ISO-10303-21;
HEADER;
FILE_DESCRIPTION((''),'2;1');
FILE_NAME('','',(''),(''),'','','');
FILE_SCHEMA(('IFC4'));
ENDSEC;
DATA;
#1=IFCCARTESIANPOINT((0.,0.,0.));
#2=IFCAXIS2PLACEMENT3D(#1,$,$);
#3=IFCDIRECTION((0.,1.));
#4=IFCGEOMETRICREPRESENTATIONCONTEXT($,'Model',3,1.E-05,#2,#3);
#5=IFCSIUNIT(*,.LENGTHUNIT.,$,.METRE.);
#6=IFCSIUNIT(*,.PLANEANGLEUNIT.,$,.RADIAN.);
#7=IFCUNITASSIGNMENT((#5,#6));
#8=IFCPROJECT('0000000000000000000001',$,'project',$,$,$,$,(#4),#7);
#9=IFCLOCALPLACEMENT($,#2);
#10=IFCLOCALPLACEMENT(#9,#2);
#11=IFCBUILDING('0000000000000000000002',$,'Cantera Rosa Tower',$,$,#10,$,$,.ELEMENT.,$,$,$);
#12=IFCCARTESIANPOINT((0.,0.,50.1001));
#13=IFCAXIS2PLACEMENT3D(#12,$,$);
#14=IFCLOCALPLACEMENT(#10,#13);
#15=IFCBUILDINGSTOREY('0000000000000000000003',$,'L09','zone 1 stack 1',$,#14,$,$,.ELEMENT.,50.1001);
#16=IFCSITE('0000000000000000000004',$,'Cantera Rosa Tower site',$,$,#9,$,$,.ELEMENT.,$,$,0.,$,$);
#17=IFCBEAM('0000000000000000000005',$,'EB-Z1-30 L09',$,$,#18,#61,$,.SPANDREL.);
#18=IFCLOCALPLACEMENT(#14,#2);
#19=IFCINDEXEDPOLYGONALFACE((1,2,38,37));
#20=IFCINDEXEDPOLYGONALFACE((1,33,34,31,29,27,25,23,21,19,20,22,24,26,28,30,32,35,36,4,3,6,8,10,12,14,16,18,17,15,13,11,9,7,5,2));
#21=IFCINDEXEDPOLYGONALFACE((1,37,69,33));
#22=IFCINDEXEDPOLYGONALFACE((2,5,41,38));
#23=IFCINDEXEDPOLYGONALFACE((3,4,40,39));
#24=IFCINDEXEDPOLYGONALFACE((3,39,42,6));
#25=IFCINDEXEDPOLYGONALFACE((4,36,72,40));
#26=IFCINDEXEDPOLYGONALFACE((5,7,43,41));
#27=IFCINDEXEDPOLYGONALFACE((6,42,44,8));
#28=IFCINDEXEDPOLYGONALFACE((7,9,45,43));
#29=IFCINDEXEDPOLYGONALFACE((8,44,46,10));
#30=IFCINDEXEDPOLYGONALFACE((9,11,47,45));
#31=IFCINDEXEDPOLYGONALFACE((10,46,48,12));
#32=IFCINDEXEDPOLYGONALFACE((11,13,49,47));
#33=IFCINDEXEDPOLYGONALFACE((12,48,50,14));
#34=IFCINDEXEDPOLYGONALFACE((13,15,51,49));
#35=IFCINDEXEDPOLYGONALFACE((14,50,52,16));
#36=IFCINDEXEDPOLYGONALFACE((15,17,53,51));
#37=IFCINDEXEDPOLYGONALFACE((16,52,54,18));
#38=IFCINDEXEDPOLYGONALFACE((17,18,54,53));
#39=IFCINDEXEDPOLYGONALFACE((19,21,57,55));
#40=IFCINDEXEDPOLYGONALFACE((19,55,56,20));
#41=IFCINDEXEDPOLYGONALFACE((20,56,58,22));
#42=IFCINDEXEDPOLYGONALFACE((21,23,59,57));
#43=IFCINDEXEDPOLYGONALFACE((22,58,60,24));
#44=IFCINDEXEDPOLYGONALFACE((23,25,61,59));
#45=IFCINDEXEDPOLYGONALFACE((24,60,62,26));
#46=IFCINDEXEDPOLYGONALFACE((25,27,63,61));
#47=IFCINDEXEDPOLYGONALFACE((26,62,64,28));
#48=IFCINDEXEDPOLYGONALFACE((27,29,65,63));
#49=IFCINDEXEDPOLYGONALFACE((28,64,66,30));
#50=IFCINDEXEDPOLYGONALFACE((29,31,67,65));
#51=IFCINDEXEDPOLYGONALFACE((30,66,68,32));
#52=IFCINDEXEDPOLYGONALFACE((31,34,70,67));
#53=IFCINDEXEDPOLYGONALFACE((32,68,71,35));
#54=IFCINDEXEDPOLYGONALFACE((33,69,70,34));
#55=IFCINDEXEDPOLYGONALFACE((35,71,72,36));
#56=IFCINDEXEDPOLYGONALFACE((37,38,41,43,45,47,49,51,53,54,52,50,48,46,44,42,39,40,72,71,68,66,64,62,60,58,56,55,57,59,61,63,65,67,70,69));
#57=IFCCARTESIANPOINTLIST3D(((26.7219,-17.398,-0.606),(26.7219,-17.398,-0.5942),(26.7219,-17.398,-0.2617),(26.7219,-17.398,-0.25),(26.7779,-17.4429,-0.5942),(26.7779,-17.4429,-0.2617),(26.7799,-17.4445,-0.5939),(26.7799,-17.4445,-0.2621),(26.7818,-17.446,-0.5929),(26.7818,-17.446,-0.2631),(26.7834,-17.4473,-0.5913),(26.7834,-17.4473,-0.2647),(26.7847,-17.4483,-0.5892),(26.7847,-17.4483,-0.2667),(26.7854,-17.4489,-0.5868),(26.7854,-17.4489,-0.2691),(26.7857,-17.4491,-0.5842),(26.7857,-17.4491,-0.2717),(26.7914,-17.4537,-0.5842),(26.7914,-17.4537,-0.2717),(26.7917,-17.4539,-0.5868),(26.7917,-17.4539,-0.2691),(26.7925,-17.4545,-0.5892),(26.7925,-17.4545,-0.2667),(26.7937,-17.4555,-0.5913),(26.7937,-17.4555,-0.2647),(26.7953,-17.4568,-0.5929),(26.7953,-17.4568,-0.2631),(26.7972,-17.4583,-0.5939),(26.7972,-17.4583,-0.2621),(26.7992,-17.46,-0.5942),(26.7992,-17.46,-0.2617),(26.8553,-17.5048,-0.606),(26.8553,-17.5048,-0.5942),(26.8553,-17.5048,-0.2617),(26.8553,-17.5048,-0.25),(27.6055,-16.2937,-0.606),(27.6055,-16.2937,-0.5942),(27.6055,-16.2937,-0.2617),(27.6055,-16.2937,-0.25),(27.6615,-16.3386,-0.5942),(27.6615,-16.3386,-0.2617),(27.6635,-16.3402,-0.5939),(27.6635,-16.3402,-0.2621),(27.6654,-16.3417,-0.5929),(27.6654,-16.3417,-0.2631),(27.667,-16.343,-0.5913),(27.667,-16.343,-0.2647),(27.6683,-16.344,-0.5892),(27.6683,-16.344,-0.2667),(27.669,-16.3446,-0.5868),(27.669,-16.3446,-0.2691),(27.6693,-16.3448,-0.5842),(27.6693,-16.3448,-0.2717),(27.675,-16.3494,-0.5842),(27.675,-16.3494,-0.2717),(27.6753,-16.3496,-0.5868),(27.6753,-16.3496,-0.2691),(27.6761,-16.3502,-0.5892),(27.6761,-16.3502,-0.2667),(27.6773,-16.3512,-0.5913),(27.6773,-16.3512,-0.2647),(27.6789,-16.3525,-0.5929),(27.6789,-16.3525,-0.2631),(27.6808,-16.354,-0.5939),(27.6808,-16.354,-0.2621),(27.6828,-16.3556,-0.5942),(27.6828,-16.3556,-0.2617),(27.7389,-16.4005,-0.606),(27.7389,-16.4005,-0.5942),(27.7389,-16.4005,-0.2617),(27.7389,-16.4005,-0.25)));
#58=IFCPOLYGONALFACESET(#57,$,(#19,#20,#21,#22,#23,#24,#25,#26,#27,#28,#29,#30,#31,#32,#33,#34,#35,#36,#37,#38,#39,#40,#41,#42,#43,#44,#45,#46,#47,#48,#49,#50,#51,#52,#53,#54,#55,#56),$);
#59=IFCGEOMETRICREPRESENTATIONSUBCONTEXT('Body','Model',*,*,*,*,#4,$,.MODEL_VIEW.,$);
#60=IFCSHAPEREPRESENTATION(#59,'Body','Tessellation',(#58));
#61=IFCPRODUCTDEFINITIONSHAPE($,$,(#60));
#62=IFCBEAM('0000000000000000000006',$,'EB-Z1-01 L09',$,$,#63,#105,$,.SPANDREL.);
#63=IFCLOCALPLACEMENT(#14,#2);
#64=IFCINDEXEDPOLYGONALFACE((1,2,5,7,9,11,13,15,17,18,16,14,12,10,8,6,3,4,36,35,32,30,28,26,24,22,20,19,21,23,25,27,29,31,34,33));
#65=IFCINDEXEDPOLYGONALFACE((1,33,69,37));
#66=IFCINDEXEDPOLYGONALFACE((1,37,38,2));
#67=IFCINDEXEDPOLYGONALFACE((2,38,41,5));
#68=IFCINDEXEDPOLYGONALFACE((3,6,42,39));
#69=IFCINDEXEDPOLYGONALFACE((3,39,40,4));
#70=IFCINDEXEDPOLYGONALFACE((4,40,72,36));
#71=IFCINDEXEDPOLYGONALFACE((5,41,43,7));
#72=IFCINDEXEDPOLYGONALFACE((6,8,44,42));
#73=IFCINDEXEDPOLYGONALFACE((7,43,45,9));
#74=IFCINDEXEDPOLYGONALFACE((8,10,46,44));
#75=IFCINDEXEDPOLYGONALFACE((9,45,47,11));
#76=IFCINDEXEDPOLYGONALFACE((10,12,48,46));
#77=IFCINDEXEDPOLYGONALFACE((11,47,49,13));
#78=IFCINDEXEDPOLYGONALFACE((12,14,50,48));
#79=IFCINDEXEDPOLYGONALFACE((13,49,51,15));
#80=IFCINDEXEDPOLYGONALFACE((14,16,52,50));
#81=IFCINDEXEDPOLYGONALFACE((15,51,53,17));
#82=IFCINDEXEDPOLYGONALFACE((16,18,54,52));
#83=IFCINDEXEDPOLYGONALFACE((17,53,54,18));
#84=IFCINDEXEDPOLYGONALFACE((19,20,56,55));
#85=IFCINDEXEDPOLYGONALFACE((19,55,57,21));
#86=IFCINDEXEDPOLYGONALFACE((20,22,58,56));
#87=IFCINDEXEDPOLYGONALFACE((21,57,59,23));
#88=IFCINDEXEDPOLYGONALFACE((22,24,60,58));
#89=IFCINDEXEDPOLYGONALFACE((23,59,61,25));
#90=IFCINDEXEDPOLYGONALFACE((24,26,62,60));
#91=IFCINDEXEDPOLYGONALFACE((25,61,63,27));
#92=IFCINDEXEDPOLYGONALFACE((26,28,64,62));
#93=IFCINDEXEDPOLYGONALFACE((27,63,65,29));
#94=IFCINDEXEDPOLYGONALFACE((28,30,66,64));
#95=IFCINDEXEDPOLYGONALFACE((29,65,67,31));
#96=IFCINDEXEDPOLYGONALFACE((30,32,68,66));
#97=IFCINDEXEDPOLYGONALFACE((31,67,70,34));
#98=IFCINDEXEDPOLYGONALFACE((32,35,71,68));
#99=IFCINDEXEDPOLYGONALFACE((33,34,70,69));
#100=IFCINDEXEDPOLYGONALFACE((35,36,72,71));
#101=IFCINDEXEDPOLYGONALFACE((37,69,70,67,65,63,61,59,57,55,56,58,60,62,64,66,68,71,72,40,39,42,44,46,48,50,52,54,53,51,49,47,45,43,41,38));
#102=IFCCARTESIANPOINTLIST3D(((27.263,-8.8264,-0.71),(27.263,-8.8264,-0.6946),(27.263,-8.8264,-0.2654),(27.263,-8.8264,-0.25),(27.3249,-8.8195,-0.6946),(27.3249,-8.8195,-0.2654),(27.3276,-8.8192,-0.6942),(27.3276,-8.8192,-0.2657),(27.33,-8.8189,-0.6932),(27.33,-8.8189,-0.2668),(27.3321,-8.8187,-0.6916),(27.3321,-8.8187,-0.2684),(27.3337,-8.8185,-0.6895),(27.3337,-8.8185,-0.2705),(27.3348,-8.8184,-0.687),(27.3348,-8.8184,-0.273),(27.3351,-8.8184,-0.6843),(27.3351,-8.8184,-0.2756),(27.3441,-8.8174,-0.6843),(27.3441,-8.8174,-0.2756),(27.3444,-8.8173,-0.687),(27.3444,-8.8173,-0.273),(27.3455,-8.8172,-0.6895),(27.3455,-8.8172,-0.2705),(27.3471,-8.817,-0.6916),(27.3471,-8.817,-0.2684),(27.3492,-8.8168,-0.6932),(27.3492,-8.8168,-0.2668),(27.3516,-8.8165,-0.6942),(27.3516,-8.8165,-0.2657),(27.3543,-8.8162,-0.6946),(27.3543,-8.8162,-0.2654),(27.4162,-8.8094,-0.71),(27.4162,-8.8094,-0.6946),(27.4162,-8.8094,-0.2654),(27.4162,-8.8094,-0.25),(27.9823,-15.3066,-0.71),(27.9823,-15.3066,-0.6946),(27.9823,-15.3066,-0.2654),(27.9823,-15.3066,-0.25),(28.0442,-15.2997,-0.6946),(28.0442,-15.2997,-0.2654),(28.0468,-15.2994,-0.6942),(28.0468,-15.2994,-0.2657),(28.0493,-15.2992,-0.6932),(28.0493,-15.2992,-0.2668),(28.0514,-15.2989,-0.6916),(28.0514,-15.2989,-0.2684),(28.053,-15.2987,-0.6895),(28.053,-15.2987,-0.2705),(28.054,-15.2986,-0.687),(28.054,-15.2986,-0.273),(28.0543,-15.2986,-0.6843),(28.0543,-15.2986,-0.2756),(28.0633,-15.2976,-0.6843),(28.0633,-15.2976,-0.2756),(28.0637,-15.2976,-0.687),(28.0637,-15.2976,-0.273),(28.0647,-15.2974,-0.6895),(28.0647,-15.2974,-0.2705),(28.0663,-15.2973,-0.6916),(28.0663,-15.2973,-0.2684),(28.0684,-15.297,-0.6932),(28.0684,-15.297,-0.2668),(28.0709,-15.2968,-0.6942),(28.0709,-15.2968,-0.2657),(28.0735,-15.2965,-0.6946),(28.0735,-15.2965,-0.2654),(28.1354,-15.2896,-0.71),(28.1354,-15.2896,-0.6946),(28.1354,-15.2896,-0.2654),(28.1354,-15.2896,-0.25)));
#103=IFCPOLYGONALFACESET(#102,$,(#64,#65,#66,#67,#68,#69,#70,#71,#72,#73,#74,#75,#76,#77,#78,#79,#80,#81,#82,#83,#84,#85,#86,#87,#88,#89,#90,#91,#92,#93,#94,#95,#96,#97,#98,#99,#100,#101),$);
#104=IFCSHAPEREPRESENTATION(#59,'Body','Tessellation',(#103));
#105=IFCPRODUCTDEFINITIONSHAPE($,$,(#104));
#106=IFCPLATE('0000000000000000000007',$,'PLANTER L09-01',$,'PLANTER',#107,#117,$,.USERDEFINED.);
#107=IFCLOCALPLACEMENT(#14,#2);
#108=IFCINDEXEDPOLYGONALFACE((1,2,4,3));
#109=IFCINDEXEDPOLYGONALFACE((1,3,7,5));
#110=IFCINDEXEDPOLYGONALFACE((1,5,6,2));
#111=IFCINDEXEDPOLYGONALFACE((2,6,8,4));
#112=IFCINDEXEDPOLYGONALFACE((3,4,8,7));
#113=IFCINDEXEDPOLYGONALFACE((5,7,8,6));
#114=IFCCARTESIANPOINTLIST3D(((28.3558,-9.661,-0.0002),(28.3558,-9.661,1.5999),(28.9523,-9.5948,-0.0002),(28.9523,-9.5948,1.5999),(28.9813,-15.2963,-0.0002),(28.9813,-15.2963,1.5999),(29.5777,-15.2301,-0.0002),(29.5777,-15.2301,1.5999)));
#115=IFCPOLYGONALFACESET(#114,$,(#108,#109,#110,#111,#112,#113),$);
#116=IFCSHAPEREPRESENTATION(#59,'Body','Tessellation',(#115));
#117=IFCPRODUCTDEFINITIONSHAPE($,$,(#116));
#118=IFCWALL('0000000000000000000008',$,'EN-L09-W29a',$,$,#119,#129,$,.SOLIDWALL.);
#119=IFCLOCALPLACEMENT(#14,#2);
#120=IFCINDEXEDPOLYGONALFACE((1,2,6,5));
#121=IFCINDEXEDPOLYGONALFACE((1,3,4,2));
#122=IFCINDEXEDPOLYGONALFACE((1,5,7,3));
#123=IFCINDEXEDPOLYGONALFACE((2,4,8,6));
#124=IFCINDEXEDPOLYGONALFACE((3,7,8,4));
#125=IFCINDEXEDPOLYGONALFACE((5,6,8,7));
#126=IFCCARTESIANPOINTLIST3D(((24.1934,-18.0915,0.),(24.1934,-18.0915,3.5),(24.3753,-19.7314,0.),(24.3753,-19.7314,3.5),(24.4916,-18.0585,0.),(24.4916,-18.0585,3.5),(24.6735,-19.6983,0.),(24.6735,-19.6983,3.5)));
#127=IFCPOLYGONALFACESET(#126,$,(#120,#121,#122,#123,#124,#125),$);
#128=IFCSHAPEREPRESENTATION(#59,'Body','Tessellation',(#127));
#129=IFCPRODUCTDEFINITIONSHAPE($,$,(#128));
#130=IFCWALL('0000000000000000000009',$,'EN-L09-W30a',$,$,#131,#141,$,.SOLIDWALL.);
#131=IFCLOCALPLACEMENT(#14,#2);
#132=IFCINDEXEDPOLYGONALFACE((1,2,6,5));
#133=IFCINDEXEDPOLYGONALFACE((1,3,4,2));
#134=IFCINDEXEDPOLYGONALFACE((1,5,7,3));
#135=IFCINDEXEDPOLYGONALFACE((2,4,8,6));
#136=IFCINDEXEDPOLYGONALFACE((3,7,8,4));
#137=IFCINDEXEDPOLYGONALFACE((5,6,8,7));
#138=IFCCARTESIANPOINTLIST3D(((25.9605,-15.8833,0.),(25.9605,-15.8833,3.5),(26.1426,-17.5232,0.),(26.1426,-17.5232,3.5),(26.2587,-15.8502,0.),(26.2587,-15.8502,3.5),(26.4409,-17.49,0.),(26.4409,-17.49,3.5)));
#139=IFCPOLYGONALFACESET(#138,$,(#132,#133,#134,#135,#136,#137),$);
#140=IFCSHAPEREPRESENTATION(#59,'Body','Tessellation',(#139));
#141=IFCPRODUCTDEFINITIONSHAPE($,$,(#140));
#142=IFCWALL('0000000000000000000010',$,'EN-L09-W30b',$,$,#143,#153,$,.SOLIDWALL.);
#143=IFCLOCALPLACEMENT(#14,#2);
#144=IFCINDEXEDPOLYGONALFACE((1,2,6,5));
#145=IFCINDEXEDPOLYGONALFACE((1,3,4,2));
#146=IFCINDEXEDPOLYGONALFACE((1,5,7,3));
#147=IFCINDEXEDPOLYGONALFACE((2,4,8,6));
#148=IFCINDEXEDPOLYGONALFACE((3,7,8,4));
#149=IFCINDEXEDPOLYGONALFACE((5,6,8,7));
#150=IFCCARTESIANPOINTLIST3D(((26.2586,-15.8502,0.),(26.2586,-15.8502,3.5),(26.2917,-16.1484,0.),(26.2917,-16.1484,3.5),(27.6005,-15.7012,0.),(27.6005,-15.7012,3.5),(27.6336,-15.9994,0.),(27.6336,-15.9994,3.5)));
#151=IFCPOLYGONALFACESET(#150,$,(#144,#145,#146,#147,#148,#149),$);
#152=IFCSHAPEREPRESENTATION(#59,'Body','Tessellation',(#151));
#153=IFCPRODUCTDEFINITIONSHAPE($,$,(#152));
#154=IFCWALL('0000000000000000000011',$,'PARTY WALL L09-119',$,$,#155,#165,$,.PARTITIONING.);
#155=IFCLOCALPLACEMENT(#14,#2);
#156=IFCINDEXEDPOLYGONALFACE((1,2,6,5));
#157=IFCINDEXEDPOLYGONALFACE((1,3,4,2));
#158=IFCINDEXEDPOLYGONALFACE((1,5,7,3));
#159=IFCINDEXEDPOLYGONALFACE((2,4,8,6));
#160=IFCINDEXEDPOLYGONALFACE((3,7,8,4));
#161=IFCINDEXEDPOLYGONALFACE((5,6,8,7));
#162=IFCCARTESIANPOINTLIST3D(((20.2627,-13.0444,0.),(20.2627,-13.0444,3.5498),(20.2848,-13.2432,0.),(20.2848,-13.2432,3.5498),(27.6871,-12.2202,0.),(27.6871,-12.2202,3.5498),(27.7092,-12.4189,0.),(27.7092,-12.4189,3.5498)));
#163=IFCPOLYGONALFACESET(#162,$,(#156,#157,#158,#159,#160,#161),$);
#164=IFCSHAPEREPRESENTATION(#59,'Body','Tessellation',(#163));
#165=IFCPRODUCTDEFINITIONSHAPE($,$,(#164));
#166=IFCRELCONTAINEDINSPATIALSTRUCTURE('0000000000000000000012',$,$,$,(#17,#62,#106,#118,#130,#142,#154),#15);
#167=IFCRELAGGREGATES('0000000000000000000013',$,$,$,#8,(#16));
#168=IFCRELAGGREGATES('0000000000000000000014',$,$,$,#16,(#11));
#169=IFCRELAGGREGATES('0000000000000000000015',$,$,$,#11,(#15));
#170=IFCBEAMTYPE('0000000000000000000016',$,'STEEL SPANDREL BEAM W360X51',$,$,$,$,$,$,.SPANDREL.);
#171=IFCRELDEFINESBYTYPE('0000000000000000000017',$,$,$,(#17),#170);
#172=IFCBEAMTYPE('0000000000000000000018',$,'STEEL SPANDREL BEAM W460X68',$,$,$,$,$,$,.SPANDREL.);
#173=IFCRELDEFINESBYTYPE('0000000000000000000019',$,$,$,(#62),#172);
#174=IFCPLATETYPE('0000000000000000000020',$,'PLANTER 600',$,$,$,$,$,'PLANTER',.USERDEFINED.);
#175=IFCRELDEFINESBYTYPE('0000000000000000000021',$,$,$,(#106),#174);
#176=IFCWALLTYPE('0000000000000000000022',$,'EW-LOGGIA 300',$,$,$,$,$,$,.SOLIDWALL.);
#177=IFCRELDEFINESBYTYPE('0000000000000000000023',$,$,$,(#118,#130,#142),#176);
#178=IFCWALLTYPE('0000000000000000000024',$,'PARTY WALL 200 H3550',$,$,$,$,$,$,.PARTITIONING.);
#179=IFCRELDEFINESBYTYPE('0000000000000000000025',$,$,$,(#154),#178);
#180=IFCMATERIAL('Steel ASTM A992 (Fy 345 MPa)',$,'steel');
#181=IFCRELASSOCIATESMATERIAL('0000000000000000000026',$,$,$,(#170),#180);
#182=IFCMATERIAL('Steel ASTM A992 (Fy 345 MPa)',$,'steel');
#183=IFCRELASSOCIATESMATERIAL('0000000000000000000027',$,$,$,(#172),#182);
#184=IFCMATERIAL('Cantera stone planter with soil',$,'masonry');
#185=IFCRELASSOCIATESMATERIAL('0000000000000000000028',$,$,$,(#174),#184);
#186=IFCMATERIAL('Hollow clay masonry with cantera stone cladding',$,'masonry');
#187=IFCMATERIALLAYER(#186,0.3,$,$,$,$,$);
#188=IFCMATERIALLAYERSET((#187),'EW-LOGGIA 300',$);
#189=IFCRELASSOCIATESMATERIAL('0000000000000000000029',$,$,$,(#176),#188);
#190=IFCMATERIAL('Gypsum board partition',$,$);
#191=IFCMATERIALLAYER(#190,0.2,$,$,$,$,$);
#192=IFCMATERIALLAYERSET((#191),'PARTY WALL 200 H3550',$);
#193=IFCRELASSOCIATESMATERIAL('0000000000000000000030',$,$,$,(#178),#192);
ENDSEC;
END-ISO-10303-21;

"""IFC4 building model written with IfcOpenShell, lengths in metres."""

from ifc_helpers import new_model, si_unit, direction, frame, frame_2d, origin, origin_2d, place, context, subcontext, project, spatial, rectangle, i_section, extrude, material, layer, layer_set, material_profile, profile_set, type_object, element, save


model = new_model("IFC4")

# Units and contexts
model_context = context("Model", 3, precision=1e-05, world=origin(), true_north=direction((0.0, 1.0)))
body_context = subcontext(model_context, "Body", "Model", "MODEL_VIEW")
ifc_project = project(units=[si_unit("LENGTHUNIT", "METRE"), si_unit("PLANEANGLEUNIT", "RADIAN")], contexts=[model_context])

# Site, building, storey
site_placement = place(None, origin())
site = spatial("IfcSite", under=ifc_project, at=site_placement, Name="Cantera Rosa Tower site", CompositionType="ELEMENT", RefElevation=0.0)
building_placement = place(site_placement, origin())
building = spatial("IfcBuilding", under=site, at=building_placement, Name="Cantera Rosa Tower", CompositionType="ELEMENT")
storey_placement = place(building_placement, frame((0.0, 0.0, 50.1001)))
storey = spatial("IfcBuildingStorey", under=building, at=storey_placement, Name="L09", Description="zone 1 stack 1", CompositionType="ELEMENT", Elevation=50.1001)

# Beams
ifc_material_1 = material(Name="Steel ASTM A992 (Fy 345 MPa)", Category="steel")
ifc_material_profile_1 = material_profile(ifc_material_1, i_section(OverallWidth=0.1709, OverallDepth=0.356, WebThickness=0.0073, FlangeThickness=0.0117, FilletRadius=0.01, at=origin_2d()), Name="W360X51")
ifc_profile_set_1 = profile_set([ifc_material_profile_1], Name="Steel ASTM A992 (Fy 345 MPa)")
beam_type_1 = type_object("IfcBeamType", Name="STEEL SPANDREL BEAM W360X51", PredefinedType="SPANDREL", material=ifc_profile_set_1)
for number, where, z_axis, x_axis, name in (
    (1, (26.7886, -17.4514, -0.428), (0.624758, 0.780818, 0.0), (-0.780818, 0.624758, 0.0), "EB-Z1-30 L09"),
):
    element("IfcBeam", number, at=place(storey_placement, frame(where, z_axis=z_axis, x_axis=x_axis)), inside=storey, type_object=beam_type_1, Name=name, PredefinedType="SPANDREL", context=body_context, shape_type="SweptSolid", body=[
        extrude(i_section(OverallWidth=0.1709, OverallDepth=0.356, WebThickness=0.0073, FlangeThickness=0.0117, FilletRadius=0.01, at=origin_2d()), origin(), (0.0, 0.0, 1.0), 1.4143),
    ])
ifc_material_2 = material(Name="Steel ASTM A992 (Fy 345 MPa)", Category="steel")
ifc_material_profile_2 = material_profile(ifc_material_2, i_section(OverallWidth=0.1541, OverallDepth=0.46, WebThickness=0.009, FlangeThickness=0.0154, FilletRadius=0.0103, at=origin_2d()), Name="W460X68")
ifc_profile_set_2 = profile_set([ifc_material_profile_2], Name="Steel ASTM A992 (Fy 345 MPa)")
beam_type_2 = type_object("IfcBeamType", Name="STEEL SPANDREL BEAM W460X68", PredefinedType="SPANDREL", material=ifc_profile_set_2)
beam_1_placement = place(storey_placement, frame((28.0588, -15.2981, -0.48), z_axis=(-0.110312, 0.993897, 0.0), x_axis=(-0.993897, -0.110312, 0.0)))
element("IfcBeam", 2, at=beam_1_placement, inside=storey, type_object=beam_type_2, Name="EB-Z1-01 L09", PredefinedType="SPANDREL", context=body_context, shape_type="SweptSolid", body=[
    extrude(i_section(OverallWidth=0.1541, OverallDepth=0.46, WebThickness=0.009, FlangeThickness=0.0154, FilletRadius=0.0103, at=origin_2d()), origin(), (0.0, 0.0, 1.0), 6.52),
])

# Plate
ifc_material_3 = material(Name="Cantera stone planter with soil", Category="masonry")
plate_type = type_object("IfcPlateType", Name="PLANTER 600", ElementType="PLANTER", PredefinedType="USERDEFINED", material=ifc_material_3)
plate_placement = place(storey_placement, frame((28.9668, -12.4456, -0.0002), z_axis=(0.0, 0.0, 1.0), x_axis=(-0.110313, 0.993897, 0.0)))
element("IfcPlate", 3, at=plate_placement, inside=storey, type_object=plate_type, Name="PLANTER L09-01", ObjectType="PLANTER", PredefinedType="USERDEFINED", context=body_context, shape_type="SweptSolid", body=[
    extrude(rectangle(XDim=5.6699, YDim=0.6001, at=origin_2d()), origin(), (0.0, 0.0, 1.0), 1.6001),
])

# Walls
ifc_material_4 = material(Name="Hollow clay masonry with cantera stone cladding", Category="masonry")
ifc_layer_1 = layer(ifc_material_4, 0.3)
ifc_layer_set_1 = layer_set([ifc_layer_1], Name="EW-LOGGIA 300")
wall_type_1 = type_object("IfcWallType", Name="EW-LOGGIA 300", PredefinedType="SOLIDWALL", material=ifc_layer_set_1)
for number, where, z_axis, x_axis, name in (
    (4, (24.5244, -19.7148, 0.0), (0.0, 0.0, 1.0), (-0.110237, 0.993905, 0.0), "EN-L09-W29a"),
    (5, (26.2917, -17.5066, 0.0), (0.0, 0.0, 1.0), (-0.110383, 0.993889, 0.0), "EN-L09-W30a"),
):
    element("IfcWall", number, at=place(storey_placement, frame(where, z_axis=z_axis, x_axis=x_axis)), inside=storey, type_object=wall_type_1, Name=name, PredefinedType="SOLIDWALL", context=body_context, shape_type="SweptSolid", body=[
        extrude(rectangle(XDim=1.6499, YDim=0.3, at=frame_2d((0.825, 0.0))), origin(), (0.0, 0.0, 1.0), 3.5),
    ])
wall_1_placement = place(storey_placement, frame((26.2751, -15.9993, 0.0), z_axis=(0.0, 0.0, 1.0), x_axis=(0.993897, 0.110312, 0.0)))
element("IfcWall", 6, at=wall_1_placement, inside=storey, type_object=wall_type_1, Name="EN-L09-W30b", PredefinedType="SOLIDWALL", context=body_context, shape_type="SweptSolid", body=[
    extrude(rectangle(XDim=1.3501, YDim=0.3, at=frame_2d((0.675, 0.0))), origin(), (0.0, 0.0, 1.0), 3.5),
])

# Wall
ifc_material_5 = material(Name="Gypsum board partition")
ifc_layer_2 = layer(ifc_material_5, 0.2)
ifc_layer_set_2 = layer_set([ifc_layer_2], Name="PARTY WALL 200 H3550")
wall_type_2 = type_object("IfcWallType", Name="PARTY WALL 200 H3550", PredefinedType="PARTITIONING", material=ifc_layer_set_2)
wall_2_placement = place(storey_placement, frame((27.698, -12.3196, 0.0), z_axis=(0.0, 0.0, 1.0), x_axis=(-0.993894, -0.110338, 0.0)))
element("IfcWall", 7, at=wall_2_placement, inside=storey, type_object=wall_type_2, Name="PARTY WALL L09-119", PredefinedType="PARTITIONING", context=body_context, shape_type="SweptSolid", body=[
    extrude(rectangle(XDim=7.47, YDim=0.2, at=frame_2d((3.7349, 0.0))), origin(), (0.0, 0.0, 1.0), 3.5498),
])

save(model, "model.ifc")
